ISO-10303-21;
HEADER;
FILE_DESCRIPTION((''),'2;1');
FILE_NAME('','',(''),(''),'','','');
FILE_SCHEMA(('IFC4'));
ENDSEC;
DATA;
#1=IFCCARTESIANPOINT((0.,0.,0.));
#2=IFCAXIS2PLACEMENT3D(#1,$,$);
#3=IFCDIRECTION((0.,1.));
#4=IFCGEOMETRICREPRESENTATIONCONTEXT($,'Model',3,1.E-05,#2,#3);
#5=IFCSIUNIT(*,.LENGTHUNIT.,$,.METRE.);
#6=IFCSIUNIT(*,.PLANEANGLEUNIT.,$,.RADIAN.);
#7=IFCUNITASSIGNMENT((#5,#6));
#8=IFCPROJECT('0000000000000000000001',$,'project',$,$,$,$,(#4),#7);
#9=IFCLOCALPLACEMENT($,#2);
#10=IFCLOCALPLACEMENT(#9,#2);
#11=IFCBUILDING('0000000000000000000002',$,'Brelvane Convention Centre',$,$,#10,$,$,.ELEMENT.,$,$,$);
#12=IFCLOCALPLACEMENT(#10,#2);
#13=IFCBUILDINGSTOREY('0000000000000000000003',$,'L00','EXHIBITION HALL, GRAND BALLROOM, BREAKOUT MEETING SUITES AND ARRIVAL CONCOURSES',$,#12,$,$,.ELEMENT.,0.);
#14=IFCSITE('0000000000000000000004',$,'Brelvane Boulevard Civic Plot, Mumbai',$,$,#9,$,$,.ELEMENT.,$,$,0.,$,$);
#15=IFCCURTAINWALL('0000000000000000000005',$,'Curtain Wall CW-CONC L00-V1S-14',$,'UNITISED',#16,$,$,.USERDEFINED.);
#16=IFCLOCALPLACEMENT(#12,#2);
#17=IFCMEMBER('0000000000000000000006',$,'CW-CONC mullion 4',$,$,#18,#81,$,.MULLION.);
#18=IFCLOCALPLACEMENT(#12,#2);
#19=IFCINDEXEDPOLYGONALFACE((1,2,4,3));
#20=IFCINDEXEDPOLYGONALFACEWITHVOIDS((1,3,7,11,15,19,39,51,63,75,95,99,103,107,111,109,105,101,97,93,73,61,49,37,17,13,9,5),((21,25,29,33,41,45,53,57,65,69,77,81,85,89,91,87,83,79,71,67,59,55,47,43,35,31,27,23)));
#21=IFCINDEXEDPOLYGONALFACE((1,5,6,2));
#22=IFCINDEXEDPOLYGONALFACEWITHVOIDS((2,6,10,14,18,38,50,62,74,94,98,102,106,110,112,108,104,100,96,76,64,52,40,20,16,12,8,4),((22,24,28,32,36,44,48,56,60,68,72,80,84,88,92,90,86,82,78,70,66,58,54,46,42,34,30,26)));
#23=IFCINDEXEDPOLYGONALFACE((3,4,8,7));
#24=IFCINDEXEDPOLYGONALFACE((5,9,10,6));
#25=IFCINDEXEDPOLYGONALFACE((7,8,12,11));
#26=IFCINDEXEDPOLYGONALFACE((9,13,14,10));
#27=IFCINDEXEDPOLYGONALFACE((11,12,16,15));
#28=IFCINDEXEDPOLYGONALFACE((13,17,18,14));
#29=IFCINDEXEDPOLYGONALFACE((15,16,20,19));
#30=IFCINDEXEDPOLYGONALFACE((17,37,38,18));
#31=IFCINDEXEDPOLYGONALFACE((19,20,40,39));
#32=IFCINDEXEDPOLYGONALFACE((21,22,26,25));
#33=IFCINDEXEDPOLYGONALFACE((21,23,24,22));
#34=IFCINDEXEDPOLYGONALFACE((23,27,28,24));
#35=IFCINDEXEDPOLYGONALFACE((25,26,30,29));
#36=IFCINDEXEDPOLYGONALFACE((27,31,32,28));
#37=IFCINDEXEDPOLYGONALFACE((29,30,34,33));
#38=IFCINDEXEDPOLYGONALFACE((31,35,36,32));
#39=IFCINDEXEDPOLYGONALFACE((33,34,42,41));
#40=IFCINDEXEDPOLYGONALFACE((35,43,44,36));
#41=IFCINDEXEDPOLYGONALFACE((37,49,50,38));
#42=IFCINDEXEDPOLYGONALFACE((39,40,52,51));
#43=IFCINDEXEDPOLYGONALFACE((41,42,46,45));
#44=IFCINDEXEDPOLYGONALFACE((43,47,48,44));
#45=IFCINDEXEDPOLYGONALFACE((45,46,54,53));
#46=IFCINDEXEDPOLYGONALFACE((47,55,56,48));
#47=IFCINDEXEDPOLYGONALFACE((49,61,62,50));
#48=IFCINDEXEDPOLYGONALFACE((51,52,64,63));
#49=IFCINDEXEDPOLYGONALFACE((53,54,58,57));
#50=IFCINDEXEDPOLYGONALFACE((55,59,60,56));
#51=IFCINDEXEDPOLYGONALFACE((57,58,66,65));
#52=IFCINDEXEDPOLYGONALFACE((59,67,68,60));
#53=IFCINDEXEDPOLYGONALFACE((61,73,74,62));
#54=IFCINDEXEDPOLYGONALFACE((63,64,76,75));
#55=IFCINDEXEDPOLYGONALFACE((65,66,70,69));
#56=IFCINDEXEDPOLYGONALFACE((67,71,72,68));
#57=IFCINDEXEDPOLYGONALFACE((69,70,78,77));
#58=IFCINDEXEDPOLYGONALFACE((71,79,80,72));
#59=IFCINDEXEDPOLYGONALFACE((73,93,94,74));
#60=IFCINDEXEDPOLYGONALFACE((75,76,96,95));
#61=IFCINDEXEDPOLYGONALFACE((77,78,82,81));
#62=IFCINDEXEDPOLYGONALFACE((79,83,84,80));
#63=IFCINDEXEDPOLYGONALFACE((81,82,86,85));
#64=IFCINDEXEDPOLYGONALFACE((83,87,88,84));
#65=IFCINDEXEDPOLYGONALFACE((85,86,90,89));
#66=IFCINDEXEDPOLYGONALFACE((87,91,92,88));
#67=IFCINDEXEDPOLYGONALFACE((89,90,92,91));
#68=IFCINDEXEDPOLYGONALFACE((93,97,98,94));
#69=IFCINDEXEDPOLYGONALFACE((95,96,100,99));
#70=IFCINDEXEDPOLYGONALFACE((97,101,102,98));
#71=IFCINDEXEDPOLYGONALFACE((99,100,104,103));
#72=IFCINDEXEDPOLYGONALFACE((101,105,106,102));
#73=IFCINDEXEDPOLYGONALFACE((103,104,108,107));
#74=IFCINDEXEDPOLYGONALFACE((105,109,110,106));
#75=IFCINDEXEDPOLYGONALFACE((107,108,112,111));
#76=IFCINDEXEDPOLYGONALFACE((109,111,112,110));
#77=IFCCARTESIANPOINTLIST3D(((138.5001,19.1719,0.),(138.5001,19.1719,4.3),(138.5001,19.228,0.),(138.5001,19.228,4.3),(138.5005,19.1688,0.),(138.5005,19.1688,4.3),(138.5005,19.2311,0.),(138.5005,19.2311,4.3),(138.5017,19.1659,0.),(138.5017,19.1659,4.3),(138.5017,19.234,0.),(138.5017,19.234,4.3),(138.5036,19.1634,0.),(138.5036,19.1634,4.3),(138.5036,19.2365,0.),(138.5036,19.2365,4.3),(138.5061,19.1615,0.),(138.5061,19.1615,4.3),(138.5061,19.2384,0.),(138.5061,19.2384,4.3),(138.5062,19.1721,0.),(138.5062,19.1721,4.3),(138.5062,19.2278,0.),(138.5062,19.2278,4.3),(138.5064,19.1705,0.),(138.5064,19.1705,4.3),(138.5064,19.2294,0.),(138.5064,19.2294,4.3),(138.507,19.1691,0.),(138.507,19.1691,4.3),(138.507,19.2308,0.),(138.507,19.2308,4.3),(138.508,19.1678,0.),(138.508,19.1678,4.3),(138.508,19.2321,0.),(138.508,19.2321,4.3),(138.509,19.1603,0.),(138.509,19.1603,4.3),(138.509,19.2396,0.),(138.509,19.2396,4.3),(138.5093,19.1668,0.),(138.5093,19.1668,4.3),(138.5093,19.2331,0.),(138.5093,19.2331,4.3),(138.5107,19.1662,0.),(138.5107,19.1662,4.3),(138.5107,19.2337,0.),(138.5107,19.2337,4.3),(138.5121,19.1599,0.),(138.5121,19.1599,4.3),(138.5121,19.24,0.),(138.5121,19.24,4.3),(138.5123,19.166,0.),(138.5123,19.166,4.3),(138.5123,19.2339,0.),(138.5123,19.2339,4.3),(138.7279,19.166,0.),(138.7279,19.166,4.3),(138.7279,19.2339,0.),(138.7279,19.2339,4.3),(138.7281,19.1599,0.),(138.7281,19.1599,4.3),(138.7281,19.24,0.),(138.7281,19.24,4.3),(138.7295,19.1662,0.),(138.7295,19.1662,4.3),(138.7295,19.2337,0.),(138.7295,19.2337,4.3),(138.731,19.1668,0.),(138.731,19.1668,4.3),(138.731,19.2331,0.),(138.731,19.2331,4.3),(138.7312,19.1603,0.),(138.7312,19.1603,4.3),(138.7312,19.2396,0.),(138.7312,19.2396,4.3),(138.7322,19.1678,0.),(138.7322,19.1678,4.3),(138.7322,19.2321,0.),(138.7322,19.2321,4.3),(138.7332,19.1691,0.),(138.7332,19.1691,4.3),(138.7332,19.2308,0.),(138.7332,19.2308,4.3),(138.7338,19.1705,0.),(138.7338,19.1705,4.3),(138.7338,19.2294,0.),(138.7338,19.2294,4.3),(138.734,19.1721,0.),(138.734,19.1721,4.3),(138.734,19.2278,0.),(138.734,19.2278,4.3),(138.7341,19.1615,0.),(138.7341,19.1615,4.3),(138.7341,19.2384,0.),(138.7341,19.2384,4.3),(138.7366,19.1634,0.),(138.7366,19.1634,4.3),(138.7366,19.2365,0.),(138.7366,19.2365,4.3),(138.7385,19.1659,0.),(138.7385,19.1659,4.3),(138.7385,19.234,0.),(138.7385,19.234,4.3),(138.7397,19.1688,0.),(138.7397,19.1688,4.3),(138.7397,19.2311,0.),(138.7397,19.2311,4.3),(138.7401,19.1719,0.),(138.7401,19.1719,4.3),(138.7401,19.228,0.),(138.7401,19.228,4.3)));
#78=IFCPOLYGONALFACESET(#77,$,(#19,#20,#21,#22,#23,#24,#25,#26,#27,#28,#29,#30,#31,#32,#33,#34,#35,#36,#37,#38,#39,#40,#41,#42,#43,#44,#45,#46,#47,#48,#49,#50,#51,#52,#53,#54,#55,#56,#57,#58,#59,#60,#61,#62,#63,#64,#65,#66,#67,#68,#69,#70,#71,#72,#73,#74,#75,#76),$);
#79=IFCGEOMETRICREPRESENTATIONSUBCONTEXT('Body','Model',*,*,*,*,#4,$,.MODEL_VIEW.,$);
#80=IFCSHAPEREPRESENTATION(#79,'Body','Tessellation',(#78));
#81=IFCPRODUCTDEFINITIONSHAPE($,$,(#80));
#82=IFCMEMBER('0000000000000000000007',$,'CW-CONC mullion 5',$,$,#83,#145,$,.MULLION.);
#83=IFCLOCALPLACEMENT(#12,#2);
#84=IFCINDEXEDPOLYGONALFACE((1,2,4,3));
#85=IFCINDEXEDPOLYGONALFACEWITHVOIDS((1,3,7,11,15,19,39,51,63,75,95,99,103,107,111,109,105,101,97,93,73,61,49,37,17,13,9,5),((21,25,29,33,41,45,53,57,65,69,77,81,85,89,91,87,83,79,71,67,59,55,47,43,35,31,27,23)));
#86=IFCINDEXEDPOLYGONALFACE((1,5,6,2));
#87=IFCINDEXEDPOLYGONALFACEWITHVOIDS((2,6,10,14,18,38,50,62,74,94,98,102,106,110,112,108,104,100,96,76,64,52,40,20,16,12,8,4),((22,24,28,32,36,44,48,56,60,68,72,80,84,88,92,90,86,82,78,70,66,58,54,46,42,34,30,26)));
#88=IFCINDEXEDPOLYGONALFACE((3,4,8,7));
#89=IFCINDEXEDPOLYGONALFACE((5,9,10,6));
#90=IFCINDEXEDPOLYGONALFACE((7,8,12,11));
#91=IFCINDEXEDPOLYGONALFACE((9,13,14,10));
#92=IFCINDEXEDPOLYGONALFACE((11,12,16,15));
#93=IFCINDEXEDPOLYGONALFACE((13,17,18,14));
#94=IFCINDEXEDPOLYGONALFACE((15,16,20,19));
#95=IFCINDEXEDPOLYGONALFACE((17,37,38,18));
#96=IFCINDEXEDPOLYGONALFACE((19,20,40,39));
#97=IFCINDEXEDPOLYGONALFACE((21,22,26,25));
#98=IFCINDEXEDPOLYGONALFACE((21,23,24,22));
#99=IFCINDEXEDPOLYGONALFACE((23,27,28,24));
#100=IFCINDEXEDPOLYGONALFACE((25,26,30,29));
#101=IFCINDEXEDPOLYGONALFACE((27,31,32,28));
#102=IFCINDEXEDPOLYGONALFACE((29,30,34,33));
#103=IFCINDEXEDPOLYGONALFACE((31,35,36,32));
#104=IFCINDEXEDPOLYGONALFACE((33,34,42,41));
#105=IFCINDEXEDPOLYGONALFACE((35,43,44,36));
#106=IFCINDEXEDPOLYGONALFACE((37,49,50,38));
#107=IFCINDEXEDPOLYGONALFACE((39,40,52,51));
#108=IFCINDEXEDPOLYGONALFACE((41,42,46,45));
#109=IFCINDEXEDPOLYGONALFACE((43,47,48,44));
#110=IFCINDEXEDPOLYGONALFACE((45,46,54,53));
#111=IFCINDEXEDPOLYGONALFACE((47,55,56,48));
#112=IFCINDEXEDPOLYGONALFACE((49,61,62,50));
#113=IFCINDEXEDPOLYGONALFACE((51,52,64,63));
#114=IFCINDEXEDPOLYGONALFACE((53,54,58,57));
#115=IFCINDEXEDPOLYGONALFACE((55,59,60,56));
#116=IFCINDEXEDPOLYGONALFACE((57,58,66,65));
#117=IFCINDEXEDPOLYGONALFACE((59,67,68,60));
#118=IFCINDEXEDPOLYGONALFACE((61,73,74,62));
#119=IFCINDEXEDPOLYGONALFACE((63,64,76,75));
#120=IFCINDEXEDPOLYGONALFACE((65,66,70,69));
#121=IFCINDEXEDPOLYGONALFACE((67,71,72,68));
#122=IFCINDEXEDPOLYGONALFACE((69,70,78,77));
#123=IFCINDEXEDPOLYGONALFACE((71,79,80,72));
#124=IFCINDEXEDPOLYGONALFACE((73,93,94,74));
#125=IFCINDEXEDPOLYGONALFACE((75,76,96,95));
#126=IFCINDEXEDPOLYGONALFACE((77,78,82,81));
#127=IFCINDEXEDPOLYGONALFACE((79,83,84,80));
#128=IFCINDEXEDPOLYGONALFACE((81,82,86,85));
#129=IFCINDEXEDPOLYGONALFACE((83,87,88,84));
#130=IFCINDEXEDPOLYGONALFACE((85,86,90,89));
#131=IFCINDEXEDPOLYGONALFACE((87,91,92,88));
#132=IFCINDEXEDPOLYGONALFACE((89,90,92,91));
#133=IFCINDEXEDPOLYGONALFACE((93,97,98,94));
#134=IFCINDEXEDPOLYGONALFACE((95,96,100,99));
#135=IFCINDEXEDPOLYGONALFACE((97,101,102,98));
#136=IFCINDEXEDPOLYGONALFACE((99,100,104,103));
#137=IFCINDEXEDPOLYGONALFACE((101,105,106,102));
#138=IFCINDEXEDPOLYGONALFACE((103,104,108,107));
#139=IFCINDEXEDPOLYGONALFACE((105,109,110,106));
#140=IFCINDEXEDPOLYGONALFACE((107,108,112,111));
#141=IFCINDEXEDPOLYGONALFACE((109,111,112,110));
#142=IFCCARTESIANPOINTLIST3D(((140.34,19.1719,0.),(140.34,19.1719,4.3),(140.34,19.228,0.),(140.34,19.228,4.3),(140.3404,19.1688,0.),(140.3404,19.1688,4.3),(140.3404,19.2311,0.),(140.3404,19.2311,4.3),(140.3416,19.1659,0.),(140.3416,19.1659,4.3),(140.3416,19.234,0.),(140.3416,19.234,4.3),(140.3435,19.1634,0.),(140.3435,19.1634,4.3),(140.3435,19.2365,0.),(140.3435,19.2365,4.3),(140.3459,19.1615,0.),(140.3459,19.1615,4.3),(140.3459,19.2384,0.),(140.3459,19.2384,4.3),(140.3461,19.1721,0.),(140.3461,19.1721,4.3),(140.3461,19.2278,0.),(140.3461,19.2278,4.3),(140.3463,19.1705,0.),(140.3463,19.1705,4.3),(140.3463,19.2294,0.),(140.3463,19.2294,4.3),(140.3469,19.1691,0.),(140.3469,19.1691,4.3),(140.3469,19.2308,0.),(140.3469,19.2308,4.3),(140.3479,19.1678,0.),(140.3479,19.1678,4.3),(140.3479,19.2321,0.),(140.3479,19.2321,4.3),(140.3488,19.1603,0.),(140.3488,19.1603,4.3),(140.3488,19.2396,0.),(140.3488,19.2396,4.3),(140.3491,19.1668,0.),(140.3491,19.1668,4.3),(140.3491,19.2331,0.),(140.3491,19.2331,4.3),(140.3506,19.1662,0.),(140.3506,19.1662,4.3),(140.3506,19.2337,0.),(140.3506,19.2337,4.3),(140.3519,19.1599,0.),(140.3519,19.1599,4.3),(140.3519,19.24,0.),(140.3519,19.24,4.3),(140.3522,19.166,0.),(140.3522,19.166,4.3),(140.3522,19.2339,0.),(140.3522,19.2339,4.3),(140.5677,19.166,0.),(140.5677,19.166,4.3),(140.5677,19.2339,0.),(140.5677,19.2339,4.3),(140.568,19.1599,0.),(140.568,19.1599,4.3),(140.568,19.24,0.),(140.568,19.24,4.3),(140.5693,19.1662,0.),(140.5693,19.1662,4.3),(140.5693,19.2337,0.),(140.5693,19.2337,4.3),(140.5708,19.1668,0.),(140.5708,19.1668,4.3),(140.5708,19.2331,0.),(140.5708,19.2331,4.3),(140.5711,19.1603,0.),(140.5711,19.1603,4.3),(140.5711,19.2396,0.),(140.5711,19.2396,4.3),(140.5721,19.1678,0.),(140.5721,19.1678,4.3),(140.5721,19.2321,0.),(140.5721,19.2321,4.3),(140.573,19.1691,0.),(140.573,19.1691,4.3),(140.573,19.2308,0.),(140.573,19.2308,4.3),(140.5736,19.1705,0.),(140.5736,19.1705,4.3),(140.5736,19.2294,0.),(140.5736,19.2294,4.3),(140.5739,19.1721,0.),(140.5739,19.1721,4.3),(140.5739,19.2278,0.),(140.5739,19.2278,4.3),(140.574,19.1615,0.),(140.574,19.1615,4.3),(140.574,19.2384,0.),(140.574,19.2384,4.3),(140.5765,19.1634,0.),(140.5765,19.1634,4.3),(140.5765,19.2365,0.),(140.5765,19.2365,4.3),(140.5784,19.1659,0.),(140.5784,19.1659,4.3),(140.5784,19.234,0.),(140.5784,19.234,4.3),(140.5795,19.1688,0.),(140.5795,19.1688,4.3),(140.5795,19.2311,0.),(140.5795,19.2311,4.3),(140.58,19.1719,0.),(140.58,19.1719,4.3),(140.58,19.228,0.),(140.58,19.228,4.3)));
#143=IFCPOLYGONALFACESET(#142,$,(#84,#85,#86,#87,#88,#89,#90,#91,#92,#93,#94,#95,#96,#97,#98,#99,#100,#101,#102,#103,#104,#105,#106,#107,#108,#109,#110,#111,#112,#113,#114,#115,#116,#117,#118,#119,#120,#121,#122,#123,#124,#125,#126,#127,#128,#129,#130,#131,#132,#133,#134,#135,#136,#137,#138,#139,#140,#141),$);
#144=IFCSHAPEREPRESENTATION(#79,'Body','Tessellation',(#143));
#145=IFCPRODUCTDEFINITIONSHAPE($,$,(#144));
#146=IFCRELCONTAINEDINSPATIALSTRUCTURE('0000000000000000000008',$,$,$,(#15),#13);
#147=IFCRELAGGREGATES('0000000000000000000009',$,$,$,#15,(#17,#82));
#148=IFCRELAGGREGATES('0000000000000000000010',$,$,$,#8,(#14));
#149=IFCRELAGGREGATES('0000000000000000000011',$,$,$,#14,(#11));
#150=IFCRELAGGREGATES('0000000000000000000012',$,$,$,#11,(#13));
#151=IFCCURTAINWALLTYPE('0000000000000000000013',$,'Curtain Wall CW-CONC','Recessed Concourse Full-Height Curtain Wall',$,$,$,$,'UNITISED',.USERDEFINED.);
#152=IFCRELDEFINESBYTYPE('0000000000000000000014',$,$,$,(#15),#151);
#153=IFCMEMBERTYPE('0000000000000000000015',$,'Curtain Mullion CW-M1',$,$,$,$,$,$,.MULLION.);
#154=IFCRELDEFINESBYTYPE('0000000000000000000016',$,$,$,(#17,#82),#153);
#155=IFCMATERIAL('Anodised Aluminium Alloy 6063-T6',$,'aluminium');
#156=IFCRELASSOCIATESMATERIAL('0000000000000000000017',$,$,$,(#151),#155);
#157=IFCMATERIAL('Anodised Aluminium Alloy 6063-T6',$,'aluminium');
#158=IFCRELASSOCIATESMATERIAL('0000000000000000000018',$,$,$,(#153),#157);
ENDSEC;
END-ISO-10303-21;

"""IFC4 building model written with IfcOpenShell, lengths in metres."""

from ifc_helpers import new_model, si_unit, direction, frame, origin, origin_2d, place, context, subcontext, project, spatial, hollow_rectangle, extrude, material, material_profile, profile_set, type_object, element, aggregate, save


model = new_model("IFC4")

# Units and contexts
model_context = context("Model", 3, precision=1e-05, world=origin(), true_north=direction((0.0, 1.0)))
body_context = subcontext(model_context, "Body", "Model", "MODEL_VIEW")
ifc_project = project(units=[si_unit("LENGTHUNIT", "METRE"), si_unit("PLANEANGLEUNIT", "RADIAN")], contexts=[model_context])

# Site, building, storey
site_placement = place(None, origin())
site = spatial("IfcSite", under=ifc_project, at=site_placement, Name="Brelvane Boulevard Civic Plot, Mumbai", CompositionType="ELEMENT", RefElevation=0.0)
building_placement = place(site_placement, origin())
building = spatial("IfcBuilding", under=site, at=building_placement, Name="Brelvane Convention Centre", CompositionType="ELEMENT")
storey_placement = place(building_placement, origin())
storey = spatial("IfcBuildingStorey", under=building, at=storey_placement, Name="L00", Description="EXHIBITION HALL, GRAND BALLROOM, BREAKOUT MEETING SUITES AND ARRIVAL CONCOURSES", CompositionType="ELEMENT", Elevation=0.0)

# Curtain wall, members
ifc_material_1 = material(Name="Anodised Aluminium Alloy 6063-T6", Category="aluminium")
curtain_wall_type = type_object("IfcCurtainWallType", Name="Curtain Wall CW-CONC", Description="Recessed Concourse Full-Height Curtain Wall", ElementType="UNITISED", PredefinedType="USERDEFINED", material=ifc_material_1)
curtain_wall_placement = place(storey_placement, origin())
curtain_wall = element("IfcCurtainWall", 1, at=curtain_wall_placement, inside=storey, type_object=curtain_wall_type, Name="Curtain Wall CW-CONC L00-V1S-14", ObjectType="UNITISED", PredefinedType="USERDEFINED")
ifc_material_2 = material(Name="Anodised Aluminium Alloy 6063-T6", Category="aluminium")
ifc_material_profile_1 = material_profile(ifc_material_2, hollow_rectangle(XDim=0.0801, YDim=0.24, WallThickness=0.0061, InnerFilletRadius=0.0061, OuterFilletRadius=0.012, at=origin_2d()), Name="ALU-M 240x80x6.0")
ifc_profile_set_1 = profile_set([ifc_material_profile_1], Name="Anodised Aluminium Alloy 6063-T6")
member_type_1 = type_object("IfcMemberType", Name="Curtain Mullion CW-M1", PredefinedType="MULLION", material=ifc_profile_set_1)
member_1_placement = place(storey_placement, frame((138.6201, 19.2, 0.0), z_axis=(0.0, 0.0, 1.0), x_axis=(0.0, 1.0, 0.0)))
member_1 = element("IfcMember", 2, at=member_1_placement, type_object=member_type_1, Name="CW-CONC mullion 4", PredefinedType="MULLION", context=body_context, shape_type="SweptSolid", body=[
    extrude(hollow_rectangle(XDim=0.0801, YDim=0.24, WallThickness=0.0061, InnerFilletRadius=0.0061, OuterFilletRadius=0.012, at=origin_2d()), origin(), (0.0, 0.0, 1.0), 4.3),
])
member_2_placement = place(storey_placement, frame((140.46, 19.2, 0.0), z_axis=(0.0, 0.0, 1.0), x_axis=(0.0, 1.0, 0.0)))
member_2 = element("IfcMember", 3, at=member_2_placement, type_object=member_type_1, Name="CW-CONC mullion 5", PredefinedType="MULLION", context=body_context, shape_type="SweptSolid", body=[
    extrude(hollow_rectangle(XDim=0.0801, YDim=0.24, WallThickness=0.0061, InnerFilletRadius=0.0061, OuterFilletRadius=0.012, at=origin_2d()), origin(), (0.0, 0.0, 1.0), 4.3),
])
aggregate(curtain_wall, [member_1, member_2])

save(model, "model.ifc")
